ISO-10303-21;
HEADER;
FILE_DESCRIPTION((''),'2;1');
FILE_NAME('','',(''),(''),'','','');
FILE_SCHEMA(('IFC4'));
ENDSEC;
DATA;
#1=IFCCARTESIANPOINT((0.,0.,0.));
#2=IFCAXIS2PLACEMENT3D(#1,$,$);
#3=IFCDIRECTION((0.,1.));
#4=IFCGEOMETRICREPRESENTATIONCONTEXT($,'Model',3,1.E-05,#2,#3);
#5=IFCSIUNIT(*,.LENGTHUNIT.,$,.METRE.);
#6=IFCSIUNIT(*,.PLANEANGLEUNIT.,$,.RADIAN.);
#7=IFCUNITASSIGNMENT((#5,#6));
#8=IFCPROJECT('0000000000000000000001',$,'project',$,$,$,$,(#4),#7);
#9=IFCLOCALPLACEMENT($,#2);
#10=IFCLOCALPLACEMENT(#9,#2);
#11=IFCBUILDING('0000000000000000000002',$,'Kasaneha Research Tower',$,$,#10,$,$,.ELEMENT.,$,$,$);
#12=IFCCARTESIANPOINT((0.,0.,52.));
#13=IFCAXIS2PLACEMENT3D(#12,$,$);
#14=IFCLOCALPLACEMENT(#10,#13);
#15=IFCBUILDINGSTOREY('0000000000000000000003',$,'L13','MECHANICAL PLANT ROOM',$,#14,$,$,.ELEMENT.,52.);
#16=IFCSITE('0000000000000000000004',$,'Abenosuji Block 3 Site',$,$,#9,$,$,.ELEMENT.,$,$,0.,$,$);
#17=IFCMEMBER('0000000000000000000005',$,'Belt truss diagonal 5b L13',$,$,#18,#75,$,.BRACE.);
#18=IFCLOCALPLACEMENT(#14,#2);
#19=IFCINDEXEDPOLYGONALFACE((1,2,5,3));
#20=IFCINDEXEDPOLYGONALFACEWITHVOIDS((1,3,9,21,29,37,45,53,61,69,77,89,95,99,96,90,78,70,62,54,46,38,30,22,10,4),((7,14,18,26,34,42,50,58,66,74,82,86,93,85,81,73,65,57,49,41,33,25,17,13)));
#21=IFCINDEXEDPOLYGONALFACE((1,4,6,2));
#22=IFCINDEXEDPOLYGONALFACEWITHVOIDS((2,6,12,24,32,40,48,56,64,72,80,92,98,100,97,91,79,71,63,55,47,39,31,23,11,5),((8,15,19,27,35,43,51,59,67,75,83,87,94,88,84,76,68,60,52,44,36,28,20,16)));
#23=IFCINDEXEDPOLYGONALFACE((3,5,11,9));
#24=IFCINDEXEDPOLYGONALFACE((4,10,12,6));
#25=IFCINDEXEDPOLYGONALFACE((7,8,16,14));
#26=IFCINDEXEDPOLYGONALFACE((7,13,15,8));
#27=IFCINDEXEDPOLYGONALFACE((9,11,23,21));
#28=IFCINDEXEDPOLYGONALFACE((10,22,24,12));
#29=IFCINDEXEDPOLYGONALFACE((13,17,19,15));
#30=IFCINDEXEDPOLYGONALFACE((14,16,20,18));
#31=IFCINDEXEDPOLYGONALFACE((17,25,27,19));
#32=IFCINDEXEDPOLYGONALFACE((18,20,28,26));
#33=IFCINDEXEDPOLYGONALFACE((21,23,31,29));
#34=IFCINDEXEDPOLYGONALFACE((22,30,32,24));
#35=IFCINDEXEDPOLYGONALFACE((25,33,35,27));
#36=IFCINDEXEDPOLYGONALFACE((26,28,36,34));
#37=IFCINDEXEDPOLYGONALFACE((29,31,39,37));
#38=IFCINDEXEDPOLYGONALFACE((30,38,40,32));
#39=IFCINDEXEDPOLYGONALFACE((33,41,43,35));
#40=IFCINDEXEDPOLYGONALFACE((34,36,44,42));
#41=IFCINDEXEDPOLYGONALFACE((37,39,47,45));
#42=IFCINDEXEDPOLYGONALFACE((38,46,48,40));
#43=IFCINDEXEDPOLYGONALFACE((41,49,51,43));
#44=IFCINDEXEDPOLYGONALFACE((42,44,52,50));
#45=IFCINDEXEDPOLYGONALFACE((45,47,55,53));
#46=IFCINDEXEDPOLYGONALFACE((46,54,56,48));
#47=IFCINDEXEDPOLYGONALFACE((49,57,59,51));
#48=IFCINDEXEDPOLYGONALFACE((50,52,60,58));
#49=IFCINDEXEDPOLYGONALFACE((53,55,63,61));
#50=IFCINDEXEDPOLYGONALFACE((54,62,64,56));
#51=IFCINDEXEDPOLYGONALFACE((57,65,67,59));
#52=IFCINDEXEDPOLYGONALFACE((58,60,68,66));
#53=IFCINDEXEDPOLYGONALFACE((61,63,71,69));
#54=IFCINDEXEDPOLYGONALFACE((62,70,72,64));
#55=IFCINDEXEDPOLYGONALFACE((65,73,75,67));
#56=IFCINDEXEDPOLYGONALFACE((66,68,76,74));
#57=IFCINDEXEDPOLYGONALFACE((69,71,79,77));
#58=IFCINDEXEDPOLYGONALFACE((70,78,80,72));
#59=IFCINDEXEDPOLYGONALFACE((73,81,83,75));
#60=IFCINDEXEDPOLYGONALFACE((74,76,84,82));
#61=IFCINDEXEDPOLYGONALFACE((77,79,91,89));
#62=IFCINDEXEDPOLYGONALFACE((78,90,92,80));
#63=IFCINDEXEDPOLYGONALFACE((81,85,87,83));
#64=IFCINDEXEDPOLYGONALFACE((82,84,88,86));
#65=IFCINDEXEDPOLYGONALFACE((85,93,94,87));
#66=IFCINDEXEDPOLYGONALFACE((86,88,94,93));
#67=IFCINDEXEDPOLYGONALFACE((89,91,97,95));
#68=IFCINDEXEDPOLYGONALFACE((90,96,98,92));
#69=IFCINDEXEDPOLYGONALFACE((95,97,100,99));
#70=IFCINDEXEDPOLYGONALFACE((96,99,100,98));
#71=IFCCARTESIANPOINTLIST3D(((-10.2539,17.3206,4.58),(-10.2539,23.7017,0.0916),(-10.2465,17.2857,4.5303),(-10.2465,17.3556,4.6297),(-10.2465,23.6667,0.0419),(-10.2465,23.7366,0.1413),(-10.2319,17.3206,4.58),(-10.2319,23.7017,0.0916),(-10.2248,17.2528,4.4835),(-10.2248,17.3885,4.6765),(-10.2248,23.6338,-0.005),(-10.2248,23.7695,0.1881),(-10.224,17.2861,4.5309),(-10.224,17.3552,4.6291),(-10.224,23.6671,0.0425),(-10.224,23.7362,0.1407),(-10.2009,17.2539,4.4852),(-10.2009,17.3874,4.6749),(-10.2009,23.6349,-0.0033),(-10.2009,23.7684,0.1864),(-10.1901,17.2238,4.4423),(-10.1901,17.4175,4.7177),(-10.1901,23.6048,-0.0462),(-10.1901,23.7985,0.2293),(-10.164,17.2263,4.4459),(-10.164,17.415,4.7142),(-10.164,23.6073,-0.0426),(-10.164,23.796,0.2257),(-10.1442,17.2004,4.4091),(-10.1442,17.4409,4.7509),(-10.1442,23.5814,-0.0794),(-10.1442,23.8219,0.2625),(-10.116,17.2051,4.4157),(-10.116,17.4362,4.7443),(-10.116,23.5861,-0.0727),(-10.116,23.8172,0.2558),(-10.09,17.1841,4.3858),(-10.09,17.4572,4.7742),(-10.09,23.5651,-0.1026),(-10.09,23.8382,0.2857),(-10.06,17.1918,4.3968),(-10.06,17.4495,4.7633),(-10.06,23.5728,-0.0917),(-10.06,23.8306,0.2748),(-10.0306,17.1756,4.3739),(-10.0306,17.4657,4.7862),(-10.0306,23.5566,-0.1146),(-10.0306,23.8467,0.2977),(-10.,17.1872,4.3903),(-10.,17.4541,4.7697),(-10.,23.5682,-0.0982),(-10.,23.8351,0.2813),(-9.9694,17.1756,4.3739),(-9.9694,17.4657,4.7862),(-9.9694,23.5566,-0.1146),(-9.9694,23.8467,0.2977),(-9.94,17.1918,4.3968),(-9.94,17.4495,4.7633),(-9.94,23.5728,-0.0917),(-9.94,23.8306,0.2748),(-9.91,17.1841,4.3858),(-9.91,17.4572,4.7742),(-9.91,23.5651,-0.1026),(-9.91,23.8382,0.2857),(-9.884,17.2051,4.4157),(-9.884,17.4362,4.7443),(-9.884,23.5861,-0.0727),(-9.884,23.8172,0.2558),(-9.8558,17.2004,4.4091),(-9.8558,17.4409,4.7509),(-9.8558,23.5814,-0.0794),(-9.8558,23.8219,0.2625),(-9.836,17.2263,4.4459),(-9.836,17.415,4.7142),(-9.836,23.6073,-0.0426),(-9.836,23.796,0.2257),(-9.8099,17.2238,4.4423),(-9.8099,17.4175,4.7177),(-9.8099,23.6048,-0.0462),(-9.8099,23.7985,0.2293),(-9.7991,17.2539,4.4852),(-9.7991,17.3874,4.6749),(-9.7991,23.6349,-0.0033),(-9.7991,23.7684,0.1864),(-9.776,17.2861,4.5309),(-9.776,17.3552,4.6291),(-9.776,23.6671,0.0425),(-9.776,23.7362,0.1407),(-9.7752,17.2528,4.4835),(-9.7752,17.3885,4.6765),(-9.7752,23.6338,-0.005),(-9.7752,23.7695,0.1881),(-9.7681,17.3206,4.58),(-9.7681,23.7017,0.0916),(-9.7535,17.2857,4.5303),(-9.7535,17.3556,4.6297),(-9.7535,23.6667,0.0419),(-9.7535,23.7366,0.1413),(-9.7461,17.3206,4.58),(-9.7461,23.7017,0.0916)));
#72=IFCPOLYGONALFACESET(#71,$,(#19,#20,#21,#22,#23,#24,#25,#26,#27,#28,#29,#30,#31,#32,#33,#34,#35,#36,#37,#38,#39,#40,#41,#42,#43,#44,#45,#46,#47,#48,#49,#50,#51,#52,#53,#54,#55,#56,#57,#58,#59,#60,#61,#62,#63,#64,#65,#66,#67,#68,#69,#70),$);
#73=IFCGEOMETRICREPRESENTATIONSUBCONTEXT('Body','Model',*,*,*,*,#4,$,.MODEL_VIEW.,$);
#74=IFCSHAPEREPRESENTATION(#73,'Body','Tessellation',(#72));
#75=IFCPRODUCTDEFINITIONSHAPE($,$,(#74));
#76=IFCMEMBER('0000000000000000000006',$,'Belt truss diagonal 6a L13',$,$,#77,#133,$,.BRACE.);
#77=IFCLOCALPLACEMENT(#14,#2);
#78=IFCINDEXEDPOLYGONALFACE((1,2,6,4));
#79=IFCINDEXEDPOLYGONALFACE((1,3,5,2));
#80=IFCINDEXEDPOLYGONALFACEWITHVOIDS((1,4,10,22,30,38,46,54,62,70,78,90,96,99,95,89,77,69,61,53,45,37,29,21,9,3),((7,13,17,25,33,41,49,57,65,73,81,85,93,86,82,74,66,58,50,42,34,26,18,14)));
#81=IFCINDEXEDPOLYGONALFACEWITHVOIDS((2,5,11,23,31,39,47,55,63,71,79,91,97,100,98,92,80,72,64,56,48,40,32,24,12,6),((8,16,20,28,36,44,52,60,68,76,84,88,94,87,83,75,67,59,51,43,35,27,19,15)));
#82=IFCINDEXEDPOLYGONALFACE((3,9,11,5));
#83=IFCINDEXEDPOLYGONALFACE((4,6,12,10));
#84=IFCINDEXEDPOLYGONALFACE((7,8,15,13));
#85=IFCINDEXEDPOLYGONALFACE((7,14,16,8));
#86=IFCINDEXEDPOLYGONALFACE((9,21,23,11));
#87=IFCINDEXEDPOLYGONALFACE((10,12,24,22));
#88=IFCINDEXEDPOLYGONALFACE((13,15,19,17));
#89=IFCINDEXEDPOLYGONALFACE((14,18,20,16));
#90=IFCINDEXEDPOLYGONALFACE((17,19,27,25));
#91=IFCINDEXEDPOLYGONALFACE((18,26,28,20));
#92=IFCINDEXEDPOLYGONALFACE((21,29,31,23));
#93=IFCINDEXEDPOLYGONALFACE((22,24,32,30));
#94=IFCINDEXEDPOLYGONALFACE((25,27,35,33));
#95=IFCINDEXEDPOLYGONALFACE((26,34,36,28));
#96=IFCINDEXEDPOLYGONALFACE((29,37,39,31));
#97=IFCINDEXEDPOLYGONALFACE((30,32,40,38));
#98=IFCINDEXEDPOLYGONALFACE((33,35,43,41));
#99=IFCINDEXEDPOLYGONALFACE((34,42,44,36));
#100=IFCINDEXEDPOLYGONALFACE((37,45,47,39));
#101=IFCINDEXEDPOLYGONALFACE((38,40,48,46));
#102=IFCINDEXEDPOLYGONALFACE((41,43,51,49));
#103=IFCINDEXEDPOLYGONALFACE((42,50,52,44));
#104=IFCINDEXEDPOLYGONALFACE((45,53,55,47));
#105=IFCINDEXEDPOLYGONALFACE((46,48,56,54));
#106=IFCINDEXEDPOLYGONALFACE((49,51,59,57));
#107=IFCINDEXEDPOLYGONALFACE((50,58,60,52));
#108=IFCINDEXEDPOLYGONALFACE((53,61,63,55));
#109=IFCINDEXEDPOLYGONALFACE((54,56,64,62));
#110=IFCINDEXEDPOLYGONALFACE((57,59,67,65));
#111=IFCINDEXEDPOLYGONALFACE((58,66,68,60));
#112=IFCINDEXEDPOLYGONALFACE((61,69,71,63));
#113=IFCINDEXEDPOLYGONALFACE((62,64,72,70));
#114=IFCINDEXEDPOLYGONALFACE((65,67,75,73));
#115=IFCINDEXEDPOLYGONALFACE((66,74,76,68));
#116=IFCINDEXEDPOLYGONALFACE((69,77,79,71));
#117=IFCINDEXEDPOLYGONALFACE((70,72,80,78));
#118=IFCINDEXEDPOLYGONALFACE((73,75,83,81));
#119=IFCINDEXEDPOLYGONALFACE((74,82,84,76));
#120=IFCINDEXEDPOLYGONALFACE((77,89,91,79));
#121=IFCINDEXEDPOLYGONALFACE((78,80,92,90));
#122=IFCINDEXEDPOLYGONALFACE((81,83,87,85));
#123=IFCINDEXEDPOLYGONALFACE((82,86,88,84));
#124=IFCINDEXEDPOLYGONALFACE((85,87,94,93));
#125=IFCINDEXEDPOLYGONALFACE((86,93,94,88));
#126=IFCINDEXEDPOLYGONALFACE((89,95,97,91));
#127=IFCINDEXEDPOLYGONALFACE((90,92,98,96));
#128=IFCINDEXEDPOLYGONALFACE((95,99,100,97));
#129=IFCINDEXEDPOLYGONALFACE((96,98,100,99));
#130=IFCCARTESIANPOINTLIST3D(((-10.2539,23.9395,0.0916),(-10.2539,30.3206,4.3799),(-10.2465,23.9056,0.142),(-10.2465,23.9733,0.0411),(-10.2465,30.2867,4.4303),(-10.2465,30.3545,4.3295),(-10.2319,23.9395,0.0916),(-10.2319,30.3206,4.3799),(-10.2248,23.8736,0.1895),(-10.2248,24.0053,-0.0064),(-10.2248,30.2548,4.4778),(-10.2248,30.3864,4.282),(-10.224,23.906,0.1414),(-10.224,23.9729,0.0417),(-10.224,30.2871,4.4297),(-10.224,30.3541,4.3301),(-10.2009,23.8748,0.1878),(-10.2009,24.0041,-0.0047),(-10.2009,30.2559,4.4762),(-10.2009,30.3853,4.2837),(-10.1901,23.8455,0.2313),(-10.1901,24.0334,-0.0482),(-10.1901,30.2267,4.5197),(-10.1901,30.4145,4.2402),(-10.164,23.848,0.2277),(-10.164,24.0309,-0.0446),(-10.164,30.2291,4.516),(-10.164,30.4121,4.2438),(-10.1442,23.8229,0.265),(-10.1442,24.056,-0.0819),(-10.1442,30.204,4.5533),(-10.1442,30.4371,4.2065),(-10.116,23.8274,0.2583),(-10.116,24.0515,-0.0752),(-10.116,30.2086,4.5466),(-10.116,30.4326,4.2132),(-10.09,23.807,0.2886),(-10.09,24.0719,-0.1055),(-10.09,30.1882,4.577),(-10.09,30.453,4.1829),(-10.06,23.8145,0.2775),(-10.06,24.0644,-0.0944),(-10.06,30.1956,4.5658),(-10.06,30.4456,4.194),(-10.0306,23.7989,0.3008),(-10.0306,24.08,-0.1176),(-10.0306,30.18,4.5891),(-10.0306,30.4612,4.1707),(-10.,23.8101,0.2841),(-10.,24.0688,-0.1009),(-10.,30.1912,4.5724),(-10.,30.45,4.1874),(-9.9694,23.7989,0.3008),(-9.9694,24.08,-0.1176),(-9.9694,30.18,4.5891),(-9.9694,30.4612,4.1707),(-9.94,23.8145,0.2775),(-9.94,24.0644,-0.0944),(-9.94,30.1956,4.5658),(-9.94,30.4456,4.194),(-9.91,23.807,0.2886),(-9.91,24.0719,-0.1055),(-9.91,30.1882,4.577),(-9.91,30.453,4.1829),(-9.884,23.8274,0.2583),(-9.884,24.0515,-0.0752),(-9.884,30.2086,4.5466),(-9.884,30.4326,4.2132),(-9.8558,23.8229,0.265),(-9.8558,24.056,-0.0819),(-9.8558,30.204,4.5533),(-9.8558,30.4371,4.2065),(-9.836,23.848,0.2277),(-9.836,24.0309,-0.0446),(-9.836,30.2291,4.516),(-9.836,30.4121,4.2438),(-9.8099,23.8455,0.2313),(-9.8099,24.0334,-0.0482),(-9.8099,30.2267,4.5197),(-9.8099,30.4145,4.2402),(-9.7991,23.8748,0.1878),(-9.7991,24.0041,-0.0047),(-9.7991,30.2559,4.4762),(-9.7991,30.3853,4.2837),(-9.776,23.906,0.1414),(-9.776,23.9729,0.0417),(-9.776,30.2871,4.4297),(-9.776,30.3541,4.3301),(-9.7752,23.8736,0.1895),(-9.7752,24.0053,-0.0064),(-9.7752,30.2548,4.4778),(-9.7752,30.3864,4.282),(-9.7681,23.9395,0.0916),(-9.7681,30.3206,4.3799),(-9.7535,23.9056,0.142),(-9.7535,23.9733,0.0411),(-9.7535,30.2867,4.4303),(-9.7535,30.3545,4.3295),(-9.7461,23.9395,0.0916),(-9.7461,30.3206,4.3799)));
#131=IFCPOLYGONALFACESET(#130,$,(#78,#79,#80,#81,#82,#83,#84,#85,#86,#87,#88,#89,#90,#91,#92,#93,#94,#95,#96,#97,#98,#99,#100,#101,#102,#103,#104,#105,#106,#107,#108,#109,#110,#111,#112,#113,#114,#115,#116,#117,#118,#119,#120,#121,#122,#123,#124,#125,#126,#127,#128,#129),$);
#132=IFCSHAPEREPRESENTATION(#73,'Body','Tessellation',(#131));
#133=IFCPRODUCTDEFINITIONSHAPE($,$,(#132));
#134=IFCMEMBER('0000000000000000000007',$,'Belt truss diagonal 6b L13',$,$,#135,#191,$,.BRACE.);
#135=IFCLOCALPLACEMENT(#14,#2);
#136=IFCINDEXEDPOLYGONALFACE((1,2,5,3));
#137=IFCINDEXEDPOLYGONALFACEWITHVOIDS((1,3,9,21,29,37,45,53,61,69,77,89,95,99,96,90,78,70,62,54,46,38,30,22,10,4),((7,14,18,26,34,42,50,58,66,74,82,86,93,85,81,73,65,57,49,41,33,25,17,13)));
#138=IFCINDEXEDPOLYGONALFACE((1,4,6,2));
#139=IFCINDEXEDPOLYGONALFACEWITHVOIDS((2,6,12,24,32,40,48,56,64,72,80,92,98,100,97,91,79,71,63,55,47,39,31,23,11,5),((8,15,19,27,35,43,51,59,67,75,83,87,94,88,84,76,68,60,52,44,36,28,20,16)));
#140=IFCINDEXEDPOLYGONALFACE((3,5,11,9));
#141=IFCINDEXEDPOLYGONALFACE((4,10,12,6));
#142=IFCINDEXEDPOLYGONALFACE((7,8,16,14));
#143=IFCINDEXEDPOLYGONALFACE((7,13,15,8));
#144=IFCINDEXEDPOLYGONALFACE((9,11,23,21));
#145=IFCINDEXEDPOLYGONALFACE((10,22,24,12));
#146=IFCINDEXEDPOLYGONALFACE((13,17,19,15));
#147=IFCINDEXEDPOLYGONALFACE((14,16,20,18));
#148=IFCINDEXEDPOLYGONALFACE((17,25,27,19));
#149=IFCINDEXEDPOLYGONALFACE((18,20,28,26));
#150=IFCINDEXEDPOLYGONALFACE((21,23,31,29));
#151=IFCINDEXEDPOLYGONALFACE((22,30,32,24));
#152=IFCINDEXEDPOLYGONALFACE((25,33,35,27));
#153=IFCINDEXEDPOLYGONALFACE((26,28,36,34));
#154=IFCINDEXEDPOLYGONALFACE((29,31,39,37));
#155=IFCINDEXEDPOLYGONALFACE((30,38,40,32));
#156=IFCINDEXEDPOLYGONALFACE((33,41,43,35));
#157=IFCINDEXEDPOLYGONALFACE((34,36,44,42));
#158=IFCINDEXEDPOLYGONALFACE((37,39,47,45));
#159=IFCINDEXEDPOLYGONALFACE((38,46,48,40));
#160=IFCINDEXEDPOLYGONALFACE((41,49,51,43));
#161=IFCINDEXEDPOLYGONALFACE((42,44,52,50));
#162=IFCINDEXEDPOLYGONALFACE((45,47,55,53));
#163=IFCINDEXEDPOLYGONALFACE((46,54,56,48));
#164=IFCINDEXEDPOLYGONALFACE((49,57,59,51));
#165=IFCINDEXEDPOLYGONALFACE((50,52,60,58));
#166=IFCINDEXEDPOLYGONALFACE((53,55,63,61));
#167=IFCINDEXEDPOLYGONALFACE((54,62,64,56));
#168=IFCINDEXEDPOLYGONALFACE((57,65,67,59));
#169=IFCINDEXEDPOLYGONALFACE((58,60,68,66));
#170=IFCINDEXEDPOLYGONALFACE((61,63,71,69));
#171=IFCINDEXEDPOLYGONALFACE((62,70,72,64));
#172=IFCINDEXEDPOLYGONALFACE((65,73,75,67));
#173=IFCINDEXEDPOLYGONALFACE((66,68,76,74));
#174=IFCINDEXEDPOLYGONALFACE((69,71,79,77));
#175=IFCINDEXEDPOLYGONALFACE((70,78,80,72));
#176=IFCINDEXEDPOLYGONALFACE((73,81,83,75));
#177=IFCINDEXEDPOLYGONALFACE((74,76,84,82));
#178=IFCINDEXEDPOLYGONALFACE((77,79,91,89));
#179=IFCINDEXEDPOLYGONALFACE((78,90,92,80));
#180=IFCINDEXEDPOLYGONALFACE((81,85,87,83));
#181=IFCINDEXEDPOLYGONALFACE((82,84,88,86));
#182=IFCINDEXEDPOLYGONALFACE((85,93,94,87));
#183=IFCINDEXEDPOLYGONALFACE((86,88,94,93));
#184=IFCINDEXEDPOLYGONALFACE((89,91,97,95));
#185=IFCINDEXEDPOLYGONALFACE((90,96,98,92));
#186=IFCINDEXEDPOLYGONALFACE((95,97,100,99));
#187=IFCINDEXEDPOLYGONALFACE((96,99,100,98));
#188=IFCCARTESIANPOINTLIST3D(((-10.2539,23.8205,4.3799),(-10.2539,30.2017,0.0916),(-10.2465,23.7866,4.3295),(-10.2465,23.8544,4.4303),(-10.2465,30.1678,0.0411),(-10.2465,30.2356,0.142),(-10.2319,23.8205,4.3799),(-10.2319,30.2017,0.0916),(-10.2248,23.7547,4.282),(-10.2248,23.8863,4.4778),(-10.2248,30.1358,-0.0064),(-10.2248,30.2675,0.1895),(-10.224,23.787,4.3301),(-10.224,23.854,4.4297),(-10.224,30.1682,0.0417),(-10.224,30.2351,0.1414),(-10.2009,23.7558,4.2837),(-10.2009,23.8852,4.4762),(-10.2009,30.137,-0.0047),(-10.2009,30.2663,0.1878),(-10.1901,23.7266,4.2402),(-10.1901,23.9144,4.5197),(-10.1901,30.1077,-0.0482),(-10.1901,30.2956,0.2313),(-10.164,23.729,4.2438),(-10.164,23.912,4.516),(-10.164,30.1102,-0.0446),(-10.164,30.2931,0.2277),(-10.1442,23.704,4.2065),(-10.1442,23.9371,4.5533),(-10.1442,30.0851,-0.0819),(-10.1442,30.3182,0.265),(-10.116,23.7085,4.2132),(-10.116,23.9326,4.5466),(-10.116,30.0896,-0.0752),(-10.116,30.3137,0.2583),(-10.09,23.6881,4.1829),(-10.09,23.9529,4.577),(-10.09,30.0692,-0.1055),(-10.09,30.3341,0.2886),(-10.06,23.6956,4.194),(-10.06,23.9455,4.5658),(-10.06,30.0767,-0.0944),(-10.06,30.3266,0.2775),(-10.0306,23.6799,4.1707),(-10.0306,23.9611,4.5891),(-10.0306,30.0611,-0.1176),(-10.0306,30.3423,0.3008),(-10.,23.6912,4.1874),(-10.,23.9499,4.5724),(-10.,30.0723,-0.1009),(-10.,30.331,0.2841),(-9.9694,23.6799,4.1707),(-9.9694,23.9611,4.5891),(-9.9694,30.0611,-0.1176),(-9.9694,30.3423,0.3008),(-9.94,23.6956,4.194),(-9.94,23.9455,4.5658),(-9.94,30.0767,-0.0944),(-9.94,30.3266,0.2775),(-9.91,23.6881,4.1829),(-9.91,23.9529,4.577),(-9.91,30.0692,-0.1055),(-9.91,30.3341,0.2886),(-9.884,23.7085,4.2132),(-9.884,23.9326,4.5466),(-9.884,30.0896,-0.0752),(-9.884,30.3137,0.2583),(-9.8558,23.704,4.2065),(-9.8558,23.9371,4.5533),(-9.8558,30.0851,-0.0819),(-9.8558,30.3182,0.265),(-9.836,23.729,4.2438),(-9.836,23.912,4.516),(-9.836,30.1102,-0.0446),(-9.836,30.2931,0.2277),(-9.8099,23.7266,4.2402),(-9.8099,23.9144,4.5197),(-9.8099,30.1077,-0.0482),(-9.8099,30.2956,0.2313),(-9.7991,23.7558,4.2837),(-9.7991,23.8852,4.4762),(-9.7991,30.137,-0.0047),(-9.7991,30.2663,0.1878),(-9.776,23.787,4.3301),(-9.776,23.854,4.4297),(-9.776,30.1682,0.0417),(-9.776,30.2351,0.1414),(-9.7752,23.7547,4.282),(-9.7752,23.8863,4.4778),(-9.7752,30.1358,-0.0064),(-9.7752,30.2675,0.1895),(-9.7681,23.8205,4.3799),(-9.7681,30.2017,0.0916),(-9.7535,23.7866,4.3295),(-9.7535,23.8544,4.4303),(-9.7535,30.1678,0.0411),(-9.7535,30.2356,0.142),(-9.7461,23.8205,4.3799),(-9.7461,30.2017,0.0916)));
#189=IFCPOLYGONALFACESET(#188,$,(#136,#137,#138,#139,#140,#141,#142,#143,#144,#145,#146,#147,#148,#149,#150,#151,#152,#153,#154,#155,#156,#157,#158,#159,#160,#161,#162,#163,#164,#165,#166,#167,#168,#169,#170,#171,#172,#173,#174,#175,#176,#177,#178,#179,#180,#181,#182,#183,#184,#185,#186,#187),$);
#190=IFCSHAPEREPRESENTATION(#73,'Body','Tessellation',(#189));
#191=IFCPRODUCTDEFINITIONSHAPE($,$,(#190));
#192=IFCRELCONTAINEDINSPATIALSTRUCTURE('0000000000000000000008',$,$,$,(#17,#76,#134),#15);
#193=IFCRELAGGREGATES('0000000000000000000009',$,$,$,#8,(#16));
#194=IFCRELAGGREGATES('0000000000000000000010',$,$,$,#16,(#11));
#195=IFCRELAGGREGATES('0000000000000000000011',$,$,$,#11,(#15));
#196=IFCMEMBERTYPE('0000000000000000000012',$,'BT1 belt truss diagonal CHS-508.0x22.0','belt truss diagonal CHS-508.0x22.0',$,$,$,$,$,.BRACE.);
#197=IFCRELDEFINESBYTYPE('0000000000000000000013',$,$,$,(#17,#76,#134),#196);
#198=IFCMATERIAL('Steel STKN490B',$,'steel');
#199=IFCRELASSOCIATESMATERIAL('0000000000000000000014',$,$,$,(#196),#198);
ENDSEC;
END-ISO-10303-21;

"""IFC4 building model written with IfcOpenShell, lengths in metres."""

from ifc_helpers import new_model, si_unit, direction, frame, origin, origin_2d, place, context, subcontext, project, spatial, hollow_circle, extrude, material, material_profile, profile_set, type_object, element, save


model = new_model("IFC4")

# Units and contexts
model_context = context("Model", 3, precision=1e-05, world=origin(), true_north=direction((0.0, 1.0)))
body_context = subcontext(model_context, "Body", "Model", "MODEL_VIEW")
ifc_project = project(units=[si_unit("LENGTHUNIT", "METRE"), si_unit("PLANEANGLEUNIT", "RADIAN")], contexts=[model_context])

# Site, building, storey
site_placement = place(None, origin())
site = spatial("IfcSite", under=ifc_project, at=site_placement, Name="Abenosuji Block 3 Site", CompositionType="ELEMENT", RefElevation=0.0)
building_placement = place(site_placement, origin())
building = spatial("IfcBuilding", under=site, at=building_placement, Name="Kasaneha Research Tower", CompositionType="ELEMENT")
storey_placement = place(building_placement, frame((0.0, 0.0, 52.0)))
storey = spatial("IfcBuildingStorey", under=building, at=storey_placement, Name="L13", Description="MECHANICAL PLANT ROOM", CompositionType="ELEMENT", Elevation=52.0)

# Members
ifc_material_1 = material(Name="Steel STKN490B", Category="steel")
ifc_material_profile_1 = material_profile(ifc_material_1, hollow_circle(Radius=0.2539, WallThickness=0.022, at=origin_2d()), Name="CHS-508.0x22.0")
ifc_profile_set_1 = profile_set([ifc_material_profile_1], Name="Steel STKN490B")
member_type = type_object("IfcMemberType", Name="BT1 belt truss diagonal CHS-508.0x22.0", Description="belt truss diagonal CHS-508.0x22.0", PredefinedType="BRACE", material=ifc_profile_set_1)
for number, where, z_axis, x_axis, name in (
    (1, (-10.0, 23.7017, 0.0916), (0.0, -0.81792, 0.575332), (1.0, 0.0, 0.0), "Belt truss diagonal 5b L13"),
):
    element("IfcMember", number, at=place(storey_placement, frame(where, z_axis=z_axis, x_axis=x_axis)), inside=storey, type_object=member_type, Name=name, PredefinedType="BRACE", context=body_context, shape_type="SweptSolid", body=[
        extrude(hollow_circle(Radius=0.2539, WallThickness=0.022, at=origin_2d()), origin(), (0.0, 0.0, 1.0), 7.8015),
    ])
for number, where, z_axis, x_axis, name in (
    (2, (-10.0, 23.9395, 0.0916), (0.0, 0.829988, 0.557782), (-1.0, 0.0, 0.0), "Belt truss diagonal 6a L13"),
    (3, (-10.0, 30.2017, 0.0916), (0.0, -0.829988, 0.557782), (1.0, 0.0, 0.0), "Belt truss diagonal 6b L13"),
):
    element("IfcMember", number, at=place(storey_placement, frame(where, z_axis=z_axis, x_axis=x_axis)), inside=storey, type_object=member_type, Name=name, PredefinedType="BRACE", context=body_context, shape_type="SweptSolid", body=[
        extrude(hollow_circle(Radius=0.2539, WallThickness=0.022, at=origin_2d()), origin(), (0.0, 0.0, 1.0), 7.6882),
    ])

save(model, "model.ifc")
